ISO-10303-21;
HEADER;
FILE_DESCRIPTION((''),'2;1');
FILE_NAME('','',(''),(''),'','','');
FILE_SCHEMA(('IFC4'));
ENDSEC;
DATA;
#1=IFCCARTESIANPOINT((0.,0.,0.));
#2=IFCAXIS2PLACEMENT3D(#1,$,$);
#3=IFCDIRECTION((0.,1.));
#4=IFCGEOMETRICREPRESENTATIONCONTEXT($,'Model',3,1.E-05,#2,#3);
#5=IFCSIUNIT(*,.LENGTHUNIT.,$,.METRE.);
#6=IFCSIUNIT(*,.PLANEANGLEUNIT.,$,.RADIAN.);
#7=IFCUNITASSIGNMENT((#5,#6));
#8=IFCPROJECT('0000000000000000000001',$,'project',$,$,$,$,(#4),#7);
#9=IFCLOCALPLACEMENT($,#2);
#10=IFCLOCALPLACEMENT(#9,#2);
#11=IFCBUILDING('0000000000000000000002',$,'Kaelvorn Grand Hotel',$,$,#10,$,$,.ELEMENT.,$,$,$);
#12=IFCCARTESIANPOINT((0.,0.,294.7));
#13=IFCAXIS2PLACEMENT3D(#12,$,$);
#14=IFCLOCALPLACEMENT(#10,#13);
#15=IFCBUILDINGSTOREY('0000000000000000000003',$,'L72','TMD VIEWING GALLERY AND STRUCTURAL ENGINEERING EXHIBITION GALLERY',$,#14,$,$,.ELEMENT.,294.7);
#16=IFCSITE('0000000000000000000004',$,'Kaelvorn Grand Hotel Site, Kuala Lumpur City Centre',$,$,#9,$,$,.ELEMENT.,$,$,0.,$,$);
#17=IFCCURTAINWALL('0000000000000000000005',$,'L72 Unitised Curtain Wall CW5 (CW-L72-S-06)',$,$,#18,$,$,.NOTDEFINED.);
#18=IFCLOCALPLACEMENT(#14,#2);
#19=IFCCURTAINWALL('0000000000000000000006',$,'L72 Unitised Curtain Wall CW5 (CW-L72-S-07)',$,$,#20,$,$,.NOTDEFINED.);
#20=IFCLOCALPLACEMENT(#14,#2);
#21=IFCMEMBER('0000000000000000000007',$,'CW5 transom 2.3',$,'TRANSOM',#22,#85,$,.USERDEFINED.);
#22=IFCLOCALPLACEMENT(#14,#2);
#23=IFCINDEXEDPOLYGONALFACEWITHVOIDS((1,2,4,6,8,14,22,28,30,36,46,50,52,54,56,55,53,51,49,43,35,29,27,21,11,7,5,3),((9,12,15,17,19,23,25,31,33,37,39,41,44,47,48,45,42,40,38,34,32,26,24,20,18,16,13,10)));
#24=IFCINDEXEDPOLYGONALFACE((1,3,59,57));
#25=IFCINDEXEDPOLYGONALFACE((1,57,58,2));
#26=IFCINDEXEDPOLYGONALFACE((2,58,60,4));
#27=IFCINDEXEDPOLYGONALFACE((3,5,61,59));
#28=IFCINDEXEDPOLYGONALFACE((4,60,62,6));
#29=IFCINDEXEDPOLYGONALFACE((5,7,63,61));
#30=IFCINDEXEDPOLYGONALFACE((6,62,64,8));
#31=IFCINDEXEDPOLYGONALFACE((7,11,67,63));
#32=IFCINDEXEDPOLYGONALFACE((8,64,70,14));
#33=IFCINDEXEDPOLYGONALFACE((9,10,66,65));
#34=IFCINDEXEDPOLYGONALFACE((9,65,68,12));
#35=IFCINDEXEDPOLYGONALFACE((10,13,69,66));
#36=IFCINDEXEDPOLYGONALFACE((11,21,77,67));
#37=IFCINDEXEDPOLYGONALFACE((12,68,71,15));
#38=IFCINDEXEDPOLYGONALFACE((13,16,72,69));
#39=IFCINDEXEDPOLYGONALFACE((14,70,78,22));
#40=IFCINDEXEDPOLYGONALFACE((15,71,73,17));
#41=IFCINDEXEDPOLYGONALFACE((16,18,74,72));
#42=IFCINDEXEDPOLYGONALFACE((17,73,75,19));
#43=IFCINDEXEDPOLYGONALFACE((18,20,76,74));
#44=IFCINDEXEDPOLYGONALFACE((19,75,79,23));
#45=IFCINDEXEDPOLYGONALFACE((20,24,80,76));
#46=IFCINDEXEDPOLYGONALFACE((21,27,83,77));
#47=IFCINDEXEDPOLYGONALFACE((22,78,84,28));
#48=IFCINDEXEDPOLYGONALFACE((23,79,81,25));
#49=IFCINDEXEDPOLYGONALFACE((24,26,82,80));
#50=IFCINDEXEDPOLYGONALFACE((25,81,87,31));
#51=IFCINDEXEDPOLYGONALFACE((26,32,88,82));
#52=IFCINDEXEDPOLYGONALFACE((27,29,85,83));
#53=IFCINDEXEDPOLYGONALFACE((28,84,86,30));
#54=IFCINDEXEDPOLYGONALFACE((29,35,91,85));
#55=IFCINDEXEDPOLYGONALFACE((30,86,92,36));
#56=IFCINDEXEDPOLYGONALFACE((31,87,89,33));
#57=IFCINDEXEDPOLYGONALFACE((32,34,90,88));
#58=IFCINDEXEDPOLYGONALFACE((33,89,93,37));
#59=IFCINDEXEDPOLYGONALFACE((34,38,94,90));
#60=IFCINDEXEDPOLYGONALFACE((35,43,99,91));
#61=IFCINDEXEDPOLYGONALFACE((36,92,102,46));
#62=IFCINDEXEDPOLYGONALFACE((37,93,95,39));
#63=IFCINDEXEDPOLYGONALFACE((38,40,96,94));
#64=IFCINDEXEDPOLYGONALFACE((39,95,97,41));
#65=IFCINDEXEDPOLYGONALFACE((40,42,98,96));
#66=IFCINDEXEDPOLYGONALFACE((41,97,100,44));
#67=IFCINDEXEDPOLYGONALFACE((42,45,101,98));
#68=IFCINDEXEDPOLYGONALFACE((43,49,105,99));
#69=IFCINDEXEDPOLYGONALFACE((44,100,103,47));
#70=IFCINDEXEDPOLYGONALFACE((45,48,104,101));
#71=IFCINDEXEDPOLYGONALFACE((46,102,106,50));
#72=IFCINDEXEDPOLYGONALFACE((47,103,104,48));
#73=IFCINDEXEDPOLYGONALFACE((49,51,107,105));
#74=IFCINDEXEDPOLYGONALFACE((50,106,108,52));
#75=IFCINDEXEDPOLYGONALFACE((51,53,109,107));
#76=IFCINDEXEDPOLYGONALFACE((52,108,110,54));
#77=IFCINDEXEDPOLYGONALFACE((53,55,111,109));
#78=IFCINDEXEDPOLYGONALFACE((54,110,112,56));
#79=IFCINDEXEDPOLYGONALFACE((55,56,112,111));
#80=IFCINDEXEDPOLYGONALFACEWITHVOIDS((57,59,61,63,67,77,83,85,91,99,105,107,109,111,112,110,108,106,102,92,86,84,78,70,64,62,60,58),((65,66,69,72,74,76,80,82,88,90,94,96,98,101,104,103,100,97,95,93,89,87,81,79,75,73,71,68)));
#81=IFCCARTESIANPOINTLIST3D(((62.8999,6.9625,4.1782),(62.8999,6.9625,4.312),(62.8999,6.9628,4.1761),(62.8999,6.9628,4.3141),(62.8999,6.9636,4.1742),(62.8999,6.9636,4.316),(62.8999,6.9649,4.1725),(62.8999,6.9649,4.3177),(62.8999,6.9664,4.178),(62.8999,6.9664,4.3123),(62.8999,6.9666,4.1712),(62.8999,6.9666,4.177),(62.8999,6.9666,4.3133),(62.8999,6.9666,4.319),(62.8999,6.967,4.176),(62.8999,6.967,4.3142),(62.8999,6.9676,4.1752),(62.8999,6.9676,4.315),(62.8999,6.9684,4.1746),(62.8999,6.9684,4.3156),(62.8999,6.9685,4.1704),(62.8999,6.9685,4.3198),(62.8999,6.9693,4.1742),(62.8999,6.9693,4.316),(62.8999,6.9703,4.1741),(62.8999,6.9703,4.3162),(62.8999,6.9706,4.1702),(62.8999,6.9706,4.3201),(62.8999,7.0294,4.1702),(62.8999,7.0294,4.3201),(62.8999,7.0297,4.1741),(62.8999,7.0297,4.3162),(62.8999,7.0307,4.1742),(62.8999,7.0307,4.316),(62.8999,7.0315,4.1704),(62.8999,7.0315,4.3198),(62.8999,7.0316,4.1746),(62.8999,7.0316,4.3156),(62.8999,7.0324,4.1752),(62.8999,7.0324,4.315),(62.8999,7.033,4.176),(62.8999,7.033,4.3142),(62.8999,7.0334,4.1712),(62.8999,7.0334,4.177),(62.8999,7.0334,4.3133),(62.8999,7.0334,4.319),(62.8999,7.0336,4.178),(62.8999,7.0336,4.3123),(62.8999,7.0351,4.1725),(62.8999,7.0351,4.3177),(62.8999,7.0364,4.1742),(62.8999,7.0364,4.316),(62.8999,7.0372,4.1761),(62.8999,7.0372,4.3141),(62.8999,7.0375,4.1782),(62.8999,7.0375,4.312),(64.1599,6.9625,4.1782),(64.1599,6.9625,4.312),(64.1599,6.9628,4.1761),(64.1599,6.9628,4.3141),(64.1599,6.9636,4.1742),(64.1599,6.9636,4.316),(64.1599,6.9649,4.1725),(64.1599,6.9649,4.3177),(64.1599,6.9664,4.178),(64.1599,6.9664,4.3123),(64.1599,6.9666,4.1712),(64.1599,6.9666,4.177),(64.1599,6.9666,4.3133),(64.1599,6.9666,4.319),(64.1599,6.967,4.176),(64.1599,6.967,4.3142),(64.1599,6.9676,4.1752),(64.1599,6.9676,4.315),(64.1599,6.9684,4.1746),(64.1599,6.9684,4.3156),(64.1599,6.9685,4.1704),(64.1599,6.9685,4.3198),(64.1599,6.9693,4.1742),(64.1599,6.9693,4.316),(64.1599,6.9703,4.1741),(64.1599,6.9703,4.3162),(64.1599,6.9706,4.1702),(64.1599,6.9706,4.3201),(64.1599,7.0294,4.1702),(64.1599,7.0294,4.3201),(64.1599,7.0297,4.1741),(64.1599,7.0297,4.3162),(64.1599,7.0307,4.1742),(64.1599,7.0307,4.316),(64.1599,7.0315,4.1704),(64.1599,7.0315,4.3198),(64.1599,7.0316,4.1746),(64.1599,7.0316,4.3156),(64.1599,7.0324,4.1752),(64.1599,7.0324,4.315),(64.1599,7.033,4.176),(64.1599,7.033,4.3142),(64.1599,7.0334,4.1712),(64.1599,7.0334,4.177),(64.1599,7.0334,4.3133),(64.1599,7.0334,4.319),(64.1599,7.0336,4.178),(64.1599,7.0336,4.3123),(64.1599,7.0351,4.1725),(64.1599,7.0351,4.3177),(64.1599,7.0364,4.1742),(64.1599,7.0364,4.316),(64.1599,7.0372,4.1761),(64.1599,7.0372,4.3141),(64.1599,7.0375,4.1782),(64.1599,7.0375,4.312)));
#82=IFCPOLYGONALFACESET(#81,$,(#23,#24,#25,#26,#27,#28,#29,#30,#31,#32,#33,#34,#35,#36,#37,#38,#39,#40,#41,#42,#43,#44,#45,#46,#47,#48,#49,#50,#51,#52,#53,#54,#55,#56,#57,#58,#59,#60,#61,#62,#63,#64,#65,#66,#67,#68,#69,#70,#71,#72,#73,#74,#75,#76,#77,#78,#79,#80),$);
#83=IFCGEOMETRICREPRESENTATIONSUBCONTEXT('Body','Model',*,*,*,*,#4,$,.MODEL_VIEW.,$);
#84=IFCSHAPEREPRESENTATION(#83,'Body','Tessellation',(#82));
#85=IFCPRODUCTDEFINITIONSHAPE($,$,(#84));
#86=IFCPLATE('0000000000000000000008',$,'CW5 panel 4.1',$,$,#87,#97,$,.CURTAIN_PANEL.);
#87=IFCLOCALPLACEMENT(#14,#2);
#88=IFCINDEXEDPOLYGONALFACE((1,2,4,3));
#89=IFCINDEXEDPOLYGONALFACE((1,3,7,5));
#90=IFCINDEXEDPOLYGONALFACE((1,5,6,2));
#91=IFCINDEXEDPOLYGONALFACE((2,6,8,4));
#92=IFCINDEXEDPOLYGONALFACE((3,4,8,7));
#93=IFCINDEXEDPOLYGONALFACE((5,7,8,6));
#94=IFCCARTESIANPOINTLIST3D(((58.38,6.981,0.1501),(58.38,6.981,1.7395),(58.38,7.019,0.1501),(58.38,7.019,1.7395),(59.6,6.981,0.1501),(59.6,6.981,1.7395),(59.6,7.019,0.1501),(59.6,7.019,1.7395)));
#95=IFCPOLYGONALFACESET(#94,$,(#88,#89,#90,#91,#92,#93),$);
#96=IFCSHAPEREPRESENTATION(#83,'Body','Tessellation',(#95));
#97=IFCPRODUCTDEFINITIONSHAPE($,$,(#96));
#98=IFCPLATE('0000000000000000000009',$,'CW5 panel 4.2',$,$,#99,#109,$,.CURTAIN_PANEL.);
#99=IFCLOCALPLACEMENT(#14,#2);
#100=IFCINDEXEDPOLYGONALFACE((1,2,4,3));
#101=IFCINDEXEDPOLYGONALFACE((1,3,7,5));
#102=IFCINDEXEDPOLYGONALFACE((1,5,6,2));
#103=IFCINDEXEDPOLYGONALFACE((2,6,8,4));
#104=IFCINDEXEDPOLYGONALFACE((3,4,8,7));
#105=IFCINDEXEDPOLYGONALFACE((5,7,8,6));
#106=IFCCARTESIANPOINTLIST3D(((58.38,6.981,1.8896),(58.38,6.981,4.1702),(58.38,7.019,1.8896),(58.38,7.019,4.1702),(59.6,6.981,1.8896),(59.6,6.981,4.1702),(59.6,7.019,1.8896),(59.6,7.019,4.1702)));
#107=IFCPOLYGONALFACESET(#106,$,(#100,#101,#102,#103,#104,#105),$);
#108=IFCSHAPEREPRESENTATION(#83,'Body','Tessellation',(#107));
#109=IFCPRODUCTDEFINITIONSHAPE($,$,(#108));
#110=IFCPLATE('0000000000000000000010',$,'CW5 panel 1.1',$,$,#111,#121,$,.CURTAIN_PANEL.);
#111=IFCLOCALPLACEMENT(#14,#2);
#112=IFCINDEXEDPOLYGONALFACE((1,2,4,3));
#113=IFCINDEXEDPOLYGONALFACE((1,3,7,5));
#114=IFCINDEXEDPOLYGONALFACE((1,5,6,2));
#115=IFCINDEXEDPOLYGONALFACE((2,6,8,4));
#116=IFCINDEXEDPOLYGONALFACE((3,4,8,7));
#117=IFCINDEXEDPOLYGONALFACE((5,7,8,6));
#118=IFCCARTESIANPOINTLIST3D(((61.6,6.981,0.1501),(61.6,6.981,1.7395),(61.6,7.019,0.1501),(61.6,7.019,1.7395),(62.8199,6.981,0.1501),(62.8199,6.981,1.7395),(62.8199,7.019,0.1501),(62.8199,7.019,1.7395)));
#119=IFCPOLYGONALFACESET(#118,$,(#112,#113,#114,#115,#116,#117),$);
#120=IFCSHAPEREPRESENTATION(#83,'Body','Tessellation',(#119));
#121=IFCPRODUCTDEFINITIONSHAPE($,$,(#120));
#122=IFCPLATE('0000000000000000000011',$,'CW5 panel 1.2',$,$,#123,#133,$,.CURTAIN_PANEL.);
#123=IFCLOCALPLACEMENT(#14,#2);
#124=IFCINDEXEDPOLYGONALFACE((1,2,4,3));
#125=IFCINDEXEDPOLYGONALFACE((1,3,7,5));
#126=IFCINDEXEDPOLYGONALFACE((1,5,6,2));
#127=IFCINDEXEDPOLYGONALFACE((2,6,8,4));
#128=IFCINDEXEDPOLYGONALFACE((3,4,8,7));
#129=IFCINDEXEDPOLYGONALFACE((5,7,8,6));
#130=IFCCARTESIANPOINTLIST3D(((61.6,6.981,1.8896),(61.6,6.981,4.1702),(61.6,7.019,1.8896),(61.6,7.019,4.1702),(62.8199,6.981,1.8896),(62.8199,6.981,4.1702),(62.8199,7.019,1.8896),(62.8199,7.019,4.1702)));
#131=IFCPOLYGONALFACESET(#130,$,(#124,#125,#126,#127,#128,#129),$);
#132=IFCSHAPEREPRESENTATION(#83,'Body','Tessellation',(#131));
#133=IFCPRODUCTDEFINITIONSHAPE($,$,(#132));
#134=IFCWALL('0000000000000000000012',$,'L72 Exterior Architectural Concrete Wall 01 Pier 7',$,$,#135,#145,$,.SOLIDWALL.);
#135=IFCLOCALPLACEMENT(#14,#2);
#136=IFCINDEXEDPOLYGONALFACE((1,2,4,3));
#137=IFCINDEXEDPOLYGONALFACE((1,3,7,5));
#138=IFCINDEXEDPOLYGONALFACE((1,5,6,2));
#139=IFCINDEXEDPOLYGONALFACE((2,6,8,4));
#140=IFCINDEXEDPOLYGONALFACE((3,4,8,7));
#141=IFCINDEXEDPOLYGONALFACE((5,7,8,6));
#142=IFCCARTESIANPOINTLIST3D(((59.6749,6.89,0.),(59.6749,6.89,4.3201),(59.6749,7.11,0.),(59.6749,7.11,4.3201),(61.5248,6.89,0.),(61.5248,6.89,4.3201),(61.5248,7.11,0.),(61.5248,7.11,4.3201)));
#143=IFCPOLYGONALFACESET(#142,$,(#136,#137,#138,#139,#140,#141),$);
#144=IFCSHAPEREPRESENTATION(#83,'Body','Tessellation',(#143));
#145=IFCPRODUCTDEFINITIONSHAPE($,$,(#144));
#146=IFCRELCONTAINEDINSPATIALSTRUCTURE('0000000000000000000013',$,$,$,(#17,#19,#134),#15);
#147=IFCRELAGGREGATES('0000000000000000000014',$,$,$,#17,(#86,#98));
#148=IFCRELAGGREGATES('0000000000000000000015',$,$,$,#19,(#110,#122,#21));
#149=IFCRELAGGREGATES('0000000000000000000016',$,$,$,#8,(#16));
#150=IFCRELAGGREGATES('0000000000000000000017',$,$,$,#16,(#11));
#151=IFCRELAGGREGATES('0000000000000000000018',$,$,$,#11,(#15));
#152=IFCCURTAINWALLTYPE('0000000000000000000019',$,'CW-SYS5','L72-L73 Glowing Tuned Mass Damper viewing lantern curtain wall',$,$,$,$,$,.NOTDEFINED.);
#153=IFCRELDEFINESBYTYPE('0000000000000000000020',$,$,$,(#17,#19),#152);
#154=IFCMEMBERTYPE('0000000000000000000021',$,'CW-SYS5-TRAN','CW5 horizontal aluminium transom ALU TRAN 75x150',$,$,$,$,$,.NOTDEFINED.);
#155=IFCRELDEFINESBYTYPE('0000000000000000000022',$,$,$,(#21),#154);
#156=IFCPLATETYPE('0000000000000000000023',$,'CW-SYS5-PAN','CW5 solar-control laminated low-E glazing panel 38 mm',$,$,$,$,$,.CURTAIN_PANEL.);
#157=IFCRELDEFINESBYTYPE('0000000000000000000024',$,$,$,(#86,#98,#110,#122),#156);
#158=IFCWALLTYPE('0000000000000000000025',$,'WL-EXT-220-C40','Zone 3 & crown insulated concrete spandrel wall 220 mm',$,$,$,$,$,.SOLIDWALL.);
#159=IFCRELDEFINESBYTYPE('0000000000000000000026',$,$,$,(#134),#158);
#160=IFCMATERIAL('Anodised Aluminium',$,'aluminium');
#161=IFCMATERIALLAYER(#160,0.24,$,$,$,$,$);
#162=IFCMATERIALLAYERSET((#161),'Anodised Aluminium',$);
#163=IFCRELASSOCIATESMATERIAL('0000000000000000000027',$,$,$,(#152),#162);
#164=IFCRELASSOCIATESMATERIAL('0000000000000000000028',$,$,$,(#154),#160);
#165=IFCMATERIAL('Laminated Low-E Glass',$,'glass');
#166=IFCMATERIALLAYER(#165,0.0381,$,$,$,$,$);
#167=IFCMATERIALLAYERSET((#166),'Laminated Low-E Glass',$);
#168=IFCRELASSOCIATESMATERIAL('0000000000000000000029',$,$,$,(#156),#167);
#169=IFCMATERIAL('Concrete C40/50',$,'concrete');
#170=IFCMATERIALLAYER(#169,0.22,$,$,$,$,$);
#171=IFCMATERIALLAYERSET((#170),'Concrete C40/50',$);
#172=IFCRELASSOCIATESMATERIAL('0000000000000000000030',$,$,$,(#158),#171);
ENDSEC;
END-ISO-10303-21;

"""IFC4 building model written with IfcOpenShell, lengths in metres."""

from ifc_helpers import new_model, si_unit, direction, frame, frame_2d, origin, origin_2d, place, context, subcontext, project, spatial, rectangle, hollow_rectangle, extrude, material, layer, layer_set, material_profile, profile_set, type_object, element, aggregate, save


model = new_model("IFC4")

# Units and contexts
model_context = context("Model", 3, precision=1e-05, world=origin(), true_north=direction((0.0, 1.0)))
body_context = subcontext(model_context, "Body", "Model", "MODEL_VIEW")
ifc_project = project(units=[si_unit("LENGTHUNIT", "METRE"), si_unit("PLANEANGLEUNIT", "RADIAN")], contexts=[model_context])

# Site, building, storey
site_placement = place(None, origin())
site = spatial("IfcSite", under=ifc_project, at=site_placement, Name="Kaelvorn Grand Hotel Site, Kuala Lumpur City Centre", CompositionType="ELEMENT", RefElevation=0.0)
building_placement = place(site_placement, origin())
building = spatial("IfcBuilding", under=site, at=building_placement, Name="Kaelvorn Grand Hotel", CompositionType="ELEMENT")
storey_placement = place(building_placement, frame((0.0, 0.0, 294.7)))
storey = spatial("IfcBuildingStorey", under=building, at=storey_placement, Name="L72", Description="TMD VIEWING GALLERY AND STRUCTURAL ENGINEERING EXHIBITION GALLERY", CompositionType="ELEMENT", Elevation=294.7)

# Curtain walls
ifc_material_1 = material(Name="Anodised Aluminium", Category="aluminium")
ifc_layer_1 = layer(ifc_material_1, 0.24)
ifc_layer_set_1 = layer_set([ifc_layer_1], Name="Anodised Aluminium")
curtain_wall_type = type_object("IfcCurtainWallType", Name="CW-SYS5", Description="L72-L73 Glowing Tuned Mass Damper viewing lantern curtain wall", PredefinedType="NOTDEFINED", material=ifc_layer_set_1)
curtain_wall_1_placement = place(storey_placement, origin())
curtain_wall_1 = element("IfcCurtainWall", 1, at=curtain_wall_1_placement, inside=storey, type_object=curtain_wall_type, Name="L72 Unitised Curtain Wall CW5 (CW-L72-S-06)", PredefinedType="NOTDEFINED")
curtain_wall_2_placement = place(storey_placement, origin())
curtain_wall_2 = element("IfcCurtainWall", 2, at=curtain_wall_2_placement, inside=storey, type_object=curtain_wall_type, Name="L72 Unitised Curtain Wall CW5 (CW-L72-S-07)", PredefinedType="NOTDEFINED")

# Member
ifc_material_profile_1 = material_profile(ifc_material_1, hollow_rectangle(XDim=0.075, YDim=0.1499, WallThickness=0.0039, InnerFilletRadius=0.0039, OuterFilletRadius=0.0081, at=origin_2d()), Name="ALU TRAN 75x150")
ifc_profile_set_1 = profile_set([ifc_material_profile_1], Name="Anodised Aluminium")
member_type_1 = type_object("IfcMemberType", Name="CW-SYS5-TRAN", Description="CW5 horizontal aluminium transom ALU TRAN 75x150", PredefinedType="NOTDEFINED", material=ifc_profile_set_1)
member_1_placement = place(storey_placement, frame((62.8999, 7.0, 4.2451), z_axis=(1.0, 0.0, 0.0), x_axis=(0.0, 1.0, 0.0)))
member_1 = element("IfcMember", 3, at=member_1_placement, type_object=member_type_1, Name="CW5 transom 2.3", ObjectType="TRANSOM", PredefinedType="USERDEFINED", context=body_context, shape_type="SweptSolid", body=[
    extrude(hollow_rectangle(XDim=0.075, YDim=0.1499, WallThickness=0.0039, InnerFilletRadius=0.0039, OuterFilletRadius=0.0081, at=origin_2d()), origin(), (0.0, 0.0, 1.0), 1.26),
])

# Plates
ifc_material_2 = material(Name="Laminated Low-E Glass", Category="glass")
ifc_layer_2 = layer(ifc_material_2, 0.0381)
ifc_layer_set_2 = layer_set([ifc_layer_2], Name="Laminated Low-E Glass")
plate_type = type_object("IfcPlateType", Name="CW-SYS5-PAN", Description="CW5 solar-control laminated low-E glazing panel 38 mm", PredefinedType="CURTAIN_PANEL", material=ifc_layer_set_2)
plate_1_placement = place(storey_placement, frame((58.99, 7.0, 0.1501), z_axis=(0.0, 0.0, 1.0), x_axis=(1.0, 0.0, 0.0)))
plate_1 = element("IfcPlate", 4, at=plate_1_placement, type_object=plate_type, Name="CW5 panel 4.1", PredefinedType="CURTAIN_PANEL", context=body_context, shape_type="SweptSolid", body=[
    extrude(rectangle(XDim=1.22, YDim=0.0381, at=origin_2d()), origin(), (0.0, 0.0, 1.0), 1.5894),
])
plate_2_placement = place(storey_placement, frame((58.99, 7.0, 1.8896), z_axis=(0.0, 0.0, 1.0), x_axis=(1.0, 0.0, 0.0)))
plate_2 = element("IfcPlate", 5, at=plate_2_placement, type_object=plate_type, Name="CW5 panel 4.2", PredefinedType="CURTAIN_PANEL", context=body_context, shape_type="SweptSolid", body=[
    extrude(rectangle(XDim=1.22, YDim=0.0381, at=origin_2d()), origin(), (0.0, 0.0, 1.0), 2.2805),
])
aggregate(curtain_wall_1, [plate_1, plate_2])
plate_3_placement = place(storey_placement, frame((62.21, 7.0, 0.1501), z_axis=(0.0, 0.0, 1.0), x_axis=(1.0, 0.0, 0.0)))
plate_3 = element("IfcPlate", 6, at=plate_3_placement, type_object=plate_type, Name="CW5 panel 1.1", PredefinedType="CURTAIN_PANEL", context=body_context, shape_type="SweptSolid", body=[
    extrude(rectangle(XDim=1.22, YDim=0.0381, at=origin_2d()), origin(), (0.0, 0.0, 1.0), 1.5894),
])
plate_4_placement = place(storey_placement, frame((62.21, 7.0, 1.8896), z_axis=(0.0, 0.0, 1.0), x_axis=(1.0, 0.0, 0.0)))
plate_4 = element("IfcPlate", 7, at=plate_4_placement, type_object=plate_type, Name="CW5 panel 1.2", PredefinedType="CURTAIN_PANEL", context=body_context, shape_type="SweptSolid", body=[
    extrude(rectangle(XDim=1.22, YDim=0.0381, at=origin_2d()), origin(), (0.0, 0.0, 1.0), 2.2805),
])
aggregate(curtain_wall_2, [plate_3, plate_4, member_1])

# Wall
ifc_material_3 = material(Name="Concrete C40/50", Category="concrete")
ifc_layer_3 = layer(ifc_material_3, 0.22)
ifc_layer_set_3 = layer_set([ifc_layer_3], Name="Concrete C40/50")
wall_type = type_object("IfcWallType", Name="WL-EXT-220-C40", Description="Zone 3 & crown insulated concrete spandrel wall 220 mm", PredefinedType="SOLIDWALL", material=ifc_layer_set_3)
wall_placement = place(storey_placement, frame((59.675, 7.0, 0.0), z_axis=(0.0, 0.0, 1.0), x_axis=(1.0, 0.0, 0.0)))
element("IfcWall", 8, at=wall_placement, inside=storey, type_object=wall_type, Name="L72 Exterior Architectural Concrete Wall 01 Pier 7", PredefinedType="SOLIDWALL", context=body_context, shape_type="SweptSolid", body=[
    extrude(rectangle(XDim=1.8499, YDim=0.22, at=frame_2d((0.9248, 0.0))), origin(), (0.0, 0.0, 1.0), 4.3201),
])

save(model, "model.ifc")
